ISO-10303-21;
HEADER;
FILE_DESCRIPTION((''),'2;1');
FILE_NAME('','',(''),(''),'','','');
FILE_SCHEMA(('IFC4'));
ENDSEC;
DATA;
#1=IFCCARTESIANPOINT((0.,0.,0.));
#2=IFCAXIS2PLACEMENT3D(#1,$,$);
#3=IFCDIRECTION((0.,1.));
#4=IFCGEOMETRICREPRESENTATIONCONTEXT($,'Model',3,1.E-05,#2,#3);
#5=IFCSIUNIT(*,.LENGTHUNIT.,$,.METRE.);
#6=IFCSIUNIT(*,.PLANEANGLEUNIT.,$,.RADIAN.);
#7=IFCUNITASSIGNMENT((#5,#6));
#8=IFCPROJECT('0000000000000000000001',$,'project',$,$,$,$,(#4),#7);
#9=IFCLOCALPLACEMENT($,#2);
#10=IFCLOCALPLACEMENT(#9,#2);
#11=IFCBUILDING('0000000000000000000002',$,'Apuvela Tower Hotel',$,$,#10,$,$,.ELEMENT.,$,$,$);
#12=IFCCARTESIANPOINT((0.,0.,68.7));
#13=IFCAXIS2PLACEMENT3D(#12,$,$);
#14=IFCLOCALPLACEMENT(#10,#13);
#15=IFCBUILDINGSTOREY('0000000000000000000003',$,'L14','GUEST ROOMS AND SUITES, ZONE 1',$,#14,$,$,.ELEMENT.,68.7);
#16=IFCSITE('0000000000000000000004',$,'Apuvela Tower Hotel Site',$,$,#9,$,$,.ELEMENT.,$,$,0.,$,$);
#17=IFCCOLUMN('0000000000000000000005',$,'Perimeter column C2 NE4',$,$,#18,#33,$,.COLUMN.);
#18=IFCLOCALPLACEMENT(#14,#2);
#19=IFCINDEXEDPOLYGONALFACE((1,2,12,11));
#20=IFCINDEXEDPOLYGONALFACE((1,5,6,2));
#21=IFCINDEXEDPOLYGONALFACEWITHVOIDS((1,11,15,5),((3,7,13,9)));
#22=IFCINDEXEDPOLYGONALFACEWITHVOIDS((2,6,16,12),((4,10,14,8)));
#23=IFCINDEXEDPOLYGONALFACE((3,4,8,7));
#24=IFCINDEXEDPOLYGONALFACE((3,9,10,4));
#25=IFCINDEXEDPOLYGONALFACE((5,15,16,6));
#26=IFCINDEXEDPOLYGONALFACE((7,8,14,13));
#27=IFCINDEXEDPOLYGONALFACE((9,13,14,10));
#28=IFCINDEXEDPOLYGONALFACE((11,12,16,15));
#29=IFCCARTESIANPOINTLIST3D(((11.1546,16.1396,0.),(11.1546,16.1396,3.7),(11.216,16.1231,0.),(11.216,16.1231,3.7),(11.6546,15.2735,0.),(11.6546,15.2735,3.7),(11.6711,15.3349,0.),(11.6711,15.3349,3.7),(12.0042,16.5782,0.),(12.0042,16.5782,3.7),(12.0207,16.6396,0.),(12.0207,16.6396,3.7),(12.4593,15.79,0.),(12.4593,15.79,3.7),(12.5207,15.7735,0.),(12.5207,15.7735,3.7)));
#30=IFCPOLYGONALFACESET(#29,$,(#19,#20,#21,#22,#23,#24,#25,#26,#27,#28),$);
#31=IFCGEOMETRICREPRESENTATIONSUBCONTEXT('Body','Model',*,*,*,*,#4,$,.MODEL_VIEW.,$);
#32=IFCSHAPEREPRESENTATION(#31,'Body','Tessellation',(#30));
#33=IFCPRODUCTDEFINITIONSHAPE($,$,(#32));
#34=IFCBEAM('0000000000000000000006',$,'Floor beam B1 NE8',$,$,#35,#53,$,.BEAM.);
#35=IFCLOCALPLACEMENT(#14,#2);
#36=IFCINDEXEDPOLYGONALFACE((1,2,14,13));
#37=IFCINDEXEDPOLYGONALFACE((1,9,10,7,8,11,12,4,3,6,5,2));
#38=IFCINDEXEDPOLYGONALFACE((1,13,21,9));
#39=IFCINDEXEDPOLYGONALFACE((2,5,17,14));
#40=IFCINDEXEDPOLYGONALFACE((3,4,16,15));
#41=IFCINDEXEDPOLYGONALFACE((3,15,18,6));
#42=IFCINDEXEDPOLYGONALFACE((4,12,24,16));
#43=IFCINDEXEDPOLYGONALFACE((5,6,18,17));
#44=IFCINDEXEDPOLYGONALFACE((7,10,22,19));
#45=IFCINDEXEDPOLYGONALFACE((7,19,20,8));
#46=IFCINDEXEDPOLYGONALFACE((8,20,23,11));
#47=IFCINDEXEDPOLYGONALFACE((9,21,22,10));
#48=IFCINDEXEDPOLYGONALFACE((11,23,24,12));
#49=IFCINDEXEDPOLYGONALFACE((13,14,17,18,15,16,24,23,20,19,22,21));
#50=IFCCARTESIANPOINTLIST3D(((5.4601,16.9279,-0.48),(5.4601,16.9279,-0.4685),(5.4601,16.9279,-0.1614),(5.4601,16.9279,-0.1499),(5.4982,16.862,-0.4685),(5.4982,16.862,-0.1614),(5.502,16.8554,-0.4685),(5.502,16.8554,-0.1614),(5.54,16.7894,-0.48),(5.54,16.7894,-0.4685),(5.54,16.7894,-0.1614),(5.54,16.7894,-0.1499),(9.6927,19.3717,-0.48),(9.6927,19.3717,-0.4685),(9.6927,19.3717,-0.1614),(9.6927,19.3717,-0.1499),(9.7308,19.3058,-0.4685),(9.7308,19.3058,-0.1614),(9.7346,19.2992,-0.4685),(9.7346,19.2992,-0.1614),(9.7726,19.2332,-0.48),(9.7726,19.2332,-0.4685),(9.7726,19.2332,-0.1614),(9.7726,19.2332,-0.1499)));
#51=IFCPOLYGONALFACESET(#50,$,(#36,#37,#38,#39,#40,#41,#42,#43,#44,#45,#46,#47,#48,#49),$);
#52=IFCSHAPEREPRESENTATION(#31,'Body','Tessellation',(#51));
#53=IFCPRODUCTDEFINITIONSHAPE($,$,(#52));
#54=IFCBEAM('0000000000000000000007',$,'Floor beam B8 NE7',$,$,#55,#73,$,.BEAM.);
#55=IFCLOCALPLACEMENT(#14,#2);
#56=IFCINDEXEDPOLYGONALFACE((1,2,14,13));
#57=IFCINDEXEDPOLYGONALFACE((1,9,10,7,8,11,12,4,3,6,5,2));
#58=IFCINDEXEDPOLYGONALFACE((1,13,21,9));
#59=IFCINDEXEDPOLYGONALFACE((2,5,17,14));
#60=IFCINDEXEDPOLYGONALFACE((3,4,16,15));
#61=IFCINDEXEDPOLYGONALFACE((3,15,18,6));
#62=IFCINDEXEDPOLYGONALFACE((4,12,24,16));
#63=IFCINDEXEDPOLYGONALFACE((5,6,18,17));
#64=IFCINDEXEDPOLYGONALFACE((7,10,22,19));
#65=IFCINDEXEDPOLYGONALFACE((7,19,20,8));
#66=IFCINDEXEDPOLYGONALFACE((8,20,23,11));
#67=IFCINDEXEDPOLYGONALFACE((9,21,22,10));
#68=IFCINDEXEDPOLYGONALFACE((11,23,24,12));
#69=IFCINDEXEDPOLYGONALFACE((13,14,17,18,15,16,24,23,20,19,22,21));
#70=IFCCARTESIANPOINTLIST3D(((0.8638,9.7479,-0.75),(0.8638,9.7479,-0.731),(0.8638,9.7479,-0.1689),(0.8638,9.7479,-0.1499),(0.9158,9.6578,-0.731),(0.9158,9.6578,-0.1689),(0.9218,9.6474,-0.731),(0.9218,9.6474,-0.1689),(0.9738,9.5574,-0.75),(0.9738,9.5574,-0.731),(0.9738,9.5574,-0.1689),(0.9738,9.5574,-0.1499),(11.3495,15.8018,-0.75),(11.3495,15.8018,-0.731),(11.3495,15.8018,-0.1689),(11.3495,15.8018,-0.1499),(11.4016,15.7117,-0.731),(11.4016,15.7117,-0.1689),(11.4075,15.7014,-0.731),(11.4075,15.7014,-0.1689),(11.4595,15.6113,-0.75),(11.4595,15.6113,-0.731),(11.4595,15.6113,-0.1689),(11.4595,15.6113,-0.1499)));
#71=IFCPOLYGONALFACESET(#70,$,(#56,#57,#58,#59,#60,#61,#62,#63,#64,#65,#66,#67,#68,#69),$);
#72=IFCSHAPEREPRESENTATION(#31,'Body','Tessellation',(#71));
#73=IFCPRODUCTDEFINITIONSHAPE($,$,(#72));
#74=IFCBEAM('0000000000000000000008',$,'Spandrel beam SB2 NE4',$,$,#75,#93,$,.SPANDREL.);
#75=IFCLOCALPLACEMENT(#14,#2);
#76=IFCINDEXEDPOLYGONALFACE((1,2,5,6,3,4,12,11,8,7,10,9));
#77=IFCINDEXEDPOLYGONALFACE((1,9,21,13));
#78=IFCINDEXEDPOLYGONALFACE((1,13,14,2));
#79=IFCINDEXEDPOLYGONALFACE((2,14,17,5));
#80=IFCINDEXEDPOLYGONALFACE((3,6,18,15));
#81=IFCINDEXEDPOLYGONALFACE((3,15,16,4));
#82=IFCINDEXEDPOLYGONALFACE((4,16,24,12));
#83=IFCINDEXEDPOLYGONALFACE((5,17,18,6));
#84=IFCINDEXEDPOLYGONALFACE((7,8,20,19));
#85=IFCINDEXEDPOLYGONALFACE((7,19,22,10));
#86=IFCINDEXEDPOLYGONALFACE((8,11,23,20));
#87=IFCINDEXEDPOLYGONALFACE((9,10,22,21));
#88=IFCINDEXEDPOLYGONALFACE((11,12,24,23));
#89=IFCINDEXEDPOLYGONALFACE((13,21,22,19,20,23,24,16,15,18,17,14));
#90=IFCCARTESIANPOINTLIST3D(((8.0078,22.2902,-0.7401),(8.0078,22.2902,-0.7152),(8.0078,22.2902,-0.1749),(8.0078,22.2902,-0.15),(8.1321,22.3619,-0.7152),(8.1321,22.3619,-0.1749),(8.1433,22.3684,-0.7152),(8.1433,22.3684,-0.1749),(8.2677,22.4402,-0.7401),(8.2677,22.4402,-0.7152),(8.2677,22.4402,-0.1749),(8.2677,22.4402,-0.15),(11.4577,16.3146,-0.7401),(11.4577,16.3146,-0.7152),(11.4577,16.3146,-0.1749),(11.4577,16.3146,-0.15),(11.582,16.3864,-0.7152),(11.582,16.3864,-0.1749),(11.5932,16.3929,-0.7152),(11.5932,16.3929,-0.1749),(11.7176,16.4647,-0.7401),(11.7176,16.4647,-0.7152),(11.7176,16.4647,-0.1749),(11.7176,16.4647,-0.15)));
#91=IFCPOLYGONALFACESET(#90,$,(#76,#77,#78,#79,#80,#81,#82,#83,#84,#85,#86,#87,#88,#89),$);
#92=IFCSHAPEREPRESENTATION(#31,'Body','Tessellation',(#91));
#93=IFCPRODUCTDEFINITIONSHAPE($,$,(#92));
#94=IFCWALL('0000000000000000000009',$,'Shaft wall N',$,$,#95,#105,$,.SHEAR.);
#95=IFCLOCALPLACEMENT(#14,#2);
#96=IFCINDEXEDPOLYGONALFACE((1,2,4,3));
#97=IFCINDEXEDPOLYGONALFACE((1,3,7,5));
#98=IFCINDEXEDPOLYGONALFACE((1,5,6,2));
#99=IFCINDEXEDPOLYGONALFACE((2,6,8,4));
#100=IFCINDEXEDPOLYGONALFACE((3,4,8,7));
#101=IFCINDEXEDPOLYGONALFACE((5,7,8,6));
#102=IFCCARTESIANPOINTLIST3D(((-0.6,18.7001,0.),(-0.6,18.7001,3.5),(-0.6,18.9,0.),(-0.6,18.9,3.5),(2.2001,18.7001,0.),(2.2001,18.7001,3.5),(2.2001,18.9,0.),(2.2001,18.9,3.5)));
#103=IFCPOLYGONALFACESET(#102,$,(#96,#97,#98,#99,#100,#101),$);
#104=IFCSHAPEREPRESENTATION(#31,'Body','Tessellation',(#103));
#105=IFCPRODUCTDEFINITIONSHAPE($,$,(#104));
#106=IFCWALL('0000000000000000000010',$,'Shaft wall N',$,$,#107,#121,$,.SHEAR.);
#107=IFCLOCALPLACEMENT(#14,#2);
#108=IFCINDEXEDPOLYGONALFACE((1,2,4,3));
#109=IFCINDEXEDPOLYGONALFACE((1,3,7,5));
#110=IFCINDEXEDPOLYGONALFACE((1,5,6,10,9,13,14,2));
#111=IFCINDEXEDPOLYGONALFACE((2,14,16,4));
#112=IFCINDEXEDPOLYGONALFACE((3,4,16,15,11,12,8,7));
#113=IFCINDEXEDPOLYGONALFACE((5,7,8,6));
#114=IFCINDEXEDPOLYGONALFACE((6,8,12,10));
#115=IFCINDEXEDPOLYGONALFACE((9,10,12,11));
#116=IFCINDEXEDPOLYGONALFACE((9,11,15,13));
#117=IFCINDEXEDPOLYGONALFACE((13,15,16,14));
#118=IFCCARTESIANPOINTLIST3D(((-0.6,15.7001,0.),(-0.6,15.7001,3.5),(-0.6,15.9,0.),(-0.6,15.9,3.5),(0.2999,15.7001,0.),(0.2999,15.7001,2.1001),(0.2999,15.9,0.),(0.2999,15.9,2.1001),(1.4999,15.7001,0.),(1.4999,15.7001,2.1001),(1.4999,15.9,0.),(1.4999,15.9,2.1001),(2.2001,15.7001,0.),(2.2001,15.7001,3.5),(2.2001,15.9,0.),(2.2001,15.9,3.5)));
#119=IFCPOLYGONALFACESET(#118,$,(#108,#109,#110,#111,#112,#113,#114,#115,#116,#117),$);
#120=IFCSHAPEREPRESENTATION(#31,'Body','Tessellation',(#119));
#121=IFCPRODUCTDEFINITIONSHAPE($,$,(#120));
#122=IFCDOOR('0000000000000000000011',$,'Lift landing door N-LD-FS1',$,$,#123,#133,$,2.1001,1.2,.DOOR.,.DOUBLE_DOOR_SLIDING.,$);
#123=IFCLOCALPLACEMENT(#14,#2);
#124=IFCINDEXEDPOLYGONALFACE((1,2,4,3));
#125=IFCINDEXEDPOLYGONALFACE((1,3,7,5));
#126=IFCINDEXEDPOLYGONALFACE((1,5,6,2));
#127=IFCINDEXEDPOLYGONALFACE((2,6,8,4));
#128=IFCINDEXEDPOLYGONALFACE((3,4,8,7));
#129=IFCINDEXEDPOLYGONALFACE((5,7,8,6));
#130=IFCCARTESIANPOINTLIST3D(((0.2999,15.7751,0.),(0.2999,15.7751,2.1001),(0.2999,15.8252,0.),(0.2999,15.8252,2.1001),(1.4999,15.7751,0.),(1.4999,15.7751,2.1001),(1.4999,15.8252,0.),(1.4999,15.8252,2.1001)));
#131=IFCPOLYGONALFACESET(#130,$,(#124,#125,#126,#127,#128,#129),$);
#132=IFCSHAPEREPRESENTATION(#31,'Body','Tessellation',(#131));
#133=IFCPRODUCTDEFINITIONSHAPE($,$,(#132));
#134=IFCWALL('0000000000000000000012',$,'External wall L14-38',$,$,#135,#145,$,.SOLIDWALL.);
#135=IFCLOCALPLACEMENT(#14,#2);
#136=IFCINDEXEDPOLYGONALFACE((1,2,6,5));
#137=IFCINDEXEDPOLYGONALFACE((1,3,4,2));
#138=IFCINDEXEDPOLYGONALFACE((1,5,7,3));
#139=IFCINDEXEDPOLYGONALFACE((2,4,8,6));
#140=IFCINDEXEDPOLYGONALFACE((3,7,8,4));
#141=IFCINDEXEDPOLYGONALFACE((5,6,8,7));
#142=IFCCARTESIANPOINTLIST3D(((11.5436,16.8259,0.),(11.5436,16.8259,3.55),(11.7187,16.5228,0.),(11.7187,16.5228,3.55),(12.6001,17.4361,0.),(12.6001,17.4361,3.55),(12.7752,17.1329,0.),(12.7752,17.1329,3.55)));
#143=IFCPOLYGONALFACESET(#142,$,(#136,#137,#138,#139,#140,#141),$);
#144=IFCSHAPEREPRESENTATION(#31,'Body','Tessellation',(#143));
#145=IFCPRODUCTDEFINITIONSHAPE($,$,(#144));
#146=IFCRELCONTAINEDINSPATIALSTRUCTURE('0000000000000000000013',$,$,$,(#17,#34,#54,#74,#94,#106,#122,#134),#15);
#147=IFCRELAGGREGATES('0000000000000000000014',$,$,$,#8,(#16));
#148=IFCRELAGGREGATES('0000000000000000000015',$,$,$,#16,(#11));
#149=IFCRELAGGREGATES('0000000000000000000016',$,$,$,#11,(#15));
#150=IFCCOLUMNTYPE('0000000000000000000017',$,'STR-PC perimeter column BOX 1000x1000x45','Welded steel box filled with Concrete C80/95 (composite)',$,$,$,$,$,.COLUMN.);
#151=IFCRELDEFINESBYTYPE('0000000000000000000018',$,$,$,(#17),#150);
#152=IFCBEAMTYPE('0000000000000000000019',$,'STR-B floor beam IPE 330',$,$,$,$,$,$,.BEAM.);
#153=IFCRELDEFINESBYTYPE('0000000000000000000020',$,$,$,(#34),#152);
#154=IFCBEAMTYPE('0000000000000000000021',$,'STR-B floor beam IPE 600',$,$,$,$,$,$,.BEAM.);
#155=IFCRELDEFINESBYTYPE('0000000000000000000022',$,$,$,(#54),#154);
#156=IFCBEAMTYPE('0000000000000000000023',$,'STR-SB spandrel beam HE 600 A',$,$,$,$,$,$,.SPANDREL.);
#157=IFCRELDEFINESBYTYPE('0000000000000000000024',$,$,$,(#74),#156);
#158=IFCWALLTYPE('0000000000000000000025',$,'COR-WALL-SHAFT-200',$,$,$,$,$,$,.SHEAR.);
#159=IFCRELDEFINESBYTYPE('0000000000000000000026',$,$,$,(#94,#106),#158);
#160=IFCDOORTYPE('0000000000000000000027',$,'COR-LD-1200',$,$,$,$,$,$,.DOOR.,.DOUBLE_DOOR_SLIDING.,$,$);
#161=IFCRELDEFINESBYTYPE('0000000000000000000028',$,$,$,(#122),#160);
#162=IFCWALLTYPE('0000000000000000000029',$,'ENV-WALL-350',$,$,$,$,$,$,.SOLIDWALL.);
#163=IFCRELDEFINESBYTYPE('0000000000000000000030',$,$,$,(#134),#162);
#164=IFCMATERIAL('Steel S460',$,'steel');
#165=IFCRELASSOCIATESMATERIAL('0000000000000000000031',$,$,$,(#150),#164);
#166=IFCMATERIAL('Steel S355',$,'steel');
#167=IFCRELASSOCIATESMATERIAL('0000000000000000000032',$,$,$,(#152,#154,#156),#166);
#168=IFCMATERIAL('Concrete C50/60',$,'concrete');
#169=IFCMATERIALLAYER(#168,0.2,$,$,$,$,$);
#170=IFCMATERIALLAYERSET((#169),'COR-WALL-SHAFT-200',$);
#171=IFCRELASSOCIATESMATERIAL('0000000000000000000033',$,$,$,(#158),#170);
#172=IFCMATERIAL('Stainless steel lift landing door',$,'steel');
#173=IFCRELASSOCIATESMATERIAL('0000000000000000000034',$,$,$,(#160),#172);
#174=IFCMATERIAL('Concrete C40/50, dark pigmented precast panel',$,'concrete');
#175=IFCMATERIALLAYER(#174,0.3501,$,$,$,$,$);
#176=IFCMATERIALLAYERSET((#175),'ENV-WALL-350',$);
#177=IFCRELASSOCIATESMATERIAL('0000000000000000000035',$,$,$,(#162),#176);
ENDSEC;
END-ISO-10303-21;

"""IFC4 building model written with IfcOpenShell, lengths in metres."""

from ifc_helpers import new_model, si_unit, direction, frame, frame_2d, origin, origin_2d, place, context, subcontext, project, spatial, rectangle, hollow_rectangle, i_section, extrude, material, layer, layer_set, material_profile, profile_set, type_object, element, fill, save


model = new_model("IFC4")

# Units and contexts
model_context = context("Model", 3, precision=1e-05, world=origin(), true_north=direction((0.0, 1.0)))
body_context = subcontext(model_context, "Body", "Model", "MODEL_VIEW")
ifc_project = project(units=[si_unit("LENGTHUNIT", "METRE"), si_unit("PLANEANGLEUNIT", "RADIAN")], contexts=[model_context])

# Site, building, storey
site_placement = place(None, origin())
site = spatial("IfcSite", under=ifc_project, at=site_placement, Name="Apuvela Tower Hotel Site", CompositionType="ELEMENT", RefElevation=0.0)
building_placement = place(site_placement, origin())
building = spatial("IfcBuilding", under=site, at=building_placement, Name="Apuvela Tower Hotel", CompositionType="ELEMENT")
storey_placement = place(building_placement, frame((0.0, 0.0, 68.7)))
storey = spatial("IfcBuildingStorey", under=building, at=storey_placement, Name="L14", Description="GUEST ROOMS AND SUITES, ZONE 1", CompositionType="ELEMENT", Elevation=68.7)

# Column
ifc_material_1 = material(Name="Steel S460", Category="steel")
ifc_material_profile_1 = material_profile(ifc_material_1, hollow_rectangle(XDim=1.0, YDim=1.0, WallThickness=0.0449, at=origin_2d()), Name="BOX 1000x1000x45")
ifc_material_2 = material(Name="Concrete C80/95", Category="concrete")
ifc_material_profile_2 = material_profile(ifc_material_2, rectangle(XDim=0.9099, YDim=0.9099, at=origin_2d()), Name="Concrete C80/95 infill")
ifc_profile_set_1 = profile_set([ifc_material_profile_1, ifc_material_profile_2], Name="Steel S460")
column_type = type_object("IfcColumnType", Name="STR-PC perimeter column BOX 1000x1000x45", Description="Welded steel box filled with Concrete C80/95 (composite)", PredefinedType="COLUMN", material=ifc_profile_set_1)
column_placement = place(storey_placement, frame((11.8376, 15.9565, 0.0), z_axis=(0.0, 0.0, 1.0), x_axis=(-0.5, 0.866025, 0.0)))
element("IfcColumn", 1, at=column_placement, inside=storey, type_object=column_type, Name="Perimeter column C2 NE4", PredefinedType="COLUMN", context=body_context, shape_type="SweptSolid", body=[
    extrude(hollow_rectangle(XDim=1.0, YDim=1.0, WallThickness=0.0449, at=origin_2d()), origin(), (0.0, 0.0, 1.0), 3.7),
])

# Beams
ifc_material_3 = material(Name="Steel S355", Category="steel")
ifc_material_profile_3 = material_profile(ifc_material_3, i_section(OverallWidth=0.1599, OverallDepth=0.3301, WebThickness=0.0076, FlangeThickness=0.0115, at=origin_2d()), Name="IPE 330")
ifc_profile_set_2 = profile_set([ifc_material_profile_3], Name="Steel S355")
beam_type_1 = type_object("IfcBeamType", Name="STR-B floor beam IPE 330", PredefinedType="BEAM", material=ifc_profile_set_2)
beam_1_placement = place(storey_placement, frame((9.7327, 19.3025, -0.3149), z_axis=(-0.866015, -0.500018, 0.0), x_axis=(0.500018, -0.866015, 0.0)))
element("IfcBeam", 2, at=beam_1_placement, inside=storey, type_object=beam_type_1, Name="Floor beam B1 NE8", PredefinedType="BEAM", context=body_context, shape_type="SweptSolid", body=[
    extrude(i_section(OverallWidth=0.1599, OverallDepth=0.3301, WebThickness=0.0076, FlangeThickness=0.0115, at=origin_2d()), origin(), (0.0, 0.0, 1.0), 4.8875),
])
ifc_material_profile_4 = material_profile(ifc_material_3, i_section(OverallWidth=0.22, OverallDepth=0.6001, WebThickness=0.012, FlangeThickness=0.019, at=origin_2d()), Name="IPE 600")
ifc_profile_set_3 = profile_set([ifc_material_profile_4], Name="Steel S355")
beam_type_2 = type_object("IfcBeamType", Name="STR-B floor beam IPE 600", PredefinedType="BEAM", material=ifc_profile_set_3)
beam_2_placement = place(storey_placement, frame((11.4045, 15.7065, -0.45), z_axis=(-0.866027, -0.499997, 0.0), x_axis=(0.499997, -0.866027, 0.0)))
element("IfcBeam", 3, at=beam_2_placement, inside=storey, type_object=beam_type_2, Name="Floor beam B8 NE7", PredefinedType="BEAM", context=body_context, shape_type="SweptSolid", body=[
    extrude(i_section(OverallWidth=0.22, OverallDepth=0.6001, WebThickness=0.012, FlangeThickness=0.019, at=origin_2d()), origin(), (0.0, 0.0, 1.0), 12.1079),
])
ifc_material_profile_5 = material_profile(ifc_material_3, i_section(OverallWidth=0.3, OverallDepth=0.5901, WebThickness=0.0129, FlangeThickness=0.0249, at=origin_2d()), Name="HE 600 A")
ifc_profile_set_4 = profile_set([ifc_material_profile_5], Name="Steel S355")
beam_type_3 = type_object("IfcBeamType", Name="STR-SB spandrel beam HE 600 A", PredefinedType="SPANDREL", material=ifc_profile_set_4)
beam_3_placement = place(storey_placement, frame((11.5876, 16.3896, -0.4451), z_axis=(-0.499994, 0.866029, 0.0), x_axis=(-0.866029, -0.499994, 0.0)))
element("IfcBeam", 4, at=beam_3_placement, inside=storey, type_object=beam_type_3, Name="Spandrel beam SB2 NE4", PredefinedType="SPANDREL", context=body_context, shape_type="SweptSolid", body=[
    extrude(i_section(OverallWidth=0.3, OverallDepth=0.5901, WebThickness=0.0129, FlangeThickness=0.0249, at=origin_2d()), origin(), (0.0, 0.0, 1.0), 6.8999),
])

# Wall
ifc_material_4 = material(Name="Concrete C50/60", Category="concrete")
ifc_layer_1 = layer(ifc_material_4, 0.2)
ifc_layer_set_1 = layer_set([ifc_layer_1], Name="COR-WALL-SHAFT-200")
wall_type_1 = type_object("IfcWallType", Name="COR-WALL-SHAFT-200", PredefinedType="SHEAR", material=ifc_layer_set_1)
wall_1_placement = place(storey_placement, frame((2.2, 18.8, 0.0), z_axis=(0.0, 0.0, 1.0), x_axis=(-1.0, 0.0, 0.0)))
element("IfcWall", 5, at=wall_1_placement, inside=storey, type_object=wall_type_1, Name="Shaft wall N", PredefinedType="SHEAR", context=body_context, shape_type="SweptSolid", body=[
    extrude(rectangle(XDim=2.8, YDim=0.2, at=frame_2d((1.3999, 0.0))), origin(), (0.0, 0.0, 1.0), 3.5),
])

# Wall, opening, door
wall_2_placement = place(storey_placement, frame((2.2, 15.8, 0.0), z_axis=(0.0, 0.0, 1.0), x_axis=(-1.0, 0.0, 0.0)))
wall_2 = element("IfcWall", 6, at=wall_2_placement, inside=storey, type_object=wall_type_1, Name="Shaft wall N", PredefinedType="SHEAR", context=body_context, shape_type="SweptSolid", body=[
    extrude(rectangle(XDim=2.8, YDim=0.2, at=frame_2d((1.3999, 0.0))), origin(), (0.0, 0.0, 1.0), 3.5),
])
opening_1_placement = place(wall_2_placement, frame((0.7, 0.0, 0.0)))
opening_1 = element("IfcOpeningElement", 7, at=opening_1_placement, cuts=wall_2, PredefinedType="OPENING", context=body_context, shape_type="SweptSolid", body=[
    extrude(rectangle(XDim=1.2, YDim=2.1001, at=frame_2d((0.6001, 1.05))), frame((0.0, 0.1099, 0.0), z_axis=(0.0, -1.0, 0.0), x_axis=(1.0, 0.0, 0.0)), (0.0, 0.0, 1.0), 0.22),
])
ifc_material_5 = material(Name="Stainless steel lift landing door", Category="steel")
door_type_1 = type_object("IfcDoorType", Name="COR-LD-1200", OperationType="DOUBLE_DOOR_SLIDING", PredefinedType="DOOR", material=ifc_material_5)
door_1_placement = place(opening_1_placement, origin())
door_1 = element("IfcDoor", 8, at=door_1_placement, inside=storey, type_object=door_type_1, Name="Lift landing door N-LD-FS1", OperationType="DOUBLE_DOOR_SLIDING", OverallHeight=2.1001, OverallWidth=1.2, PredefinedType="DOOR", context=body_context, shape_type="SweptSolid", body=[
    extrude(rectangle(XDim=1.2, YDim=2.1001, at=frame_2d((0.6001, 1.05))), frame((0.0, 0.0249, 0.0), z_axis=(0.0, -1.0, 0.0), x_axis=(1.0, 0.0, 0.0)), (0.0, 0.0, 1.0), 0.05),
])
fill(opening_1, door_1)

# Wall
ifc_material_6 = material(Name="Concrete C40/50, dark pigmented precast panel", Category="concrete")
ifc_layer_2 = layer(ifc_material_6, 0.3501)
ifc_layer_set_2 = layer_set([ifc_layer_2], Name="ENV-WALL-350")
wall_type_2 = type_object("IfcWallType", Name="ENV-WALL-350", PredefinedType="SOLIDWALL", material=ifc_layer_set_2)
wall_3_placement = place(storey_placement, frame((12.6875, 17.2844, 0.0), z_axis=(0.0, 0.0, 1.0), x_axis=(-0.865956, -0.500121, 0.0)))
element("IfcWall", 9, at=wall_3_placement, inside=storey, type_object=wall_type_2, Name="External wall L14-38", PredefinedType="SOLIDWALL", context=body_context, shape_type="SweptSolid", body=[
    extrude(rectangle(XDim=1.22, YDim=0.3501, at=frame_2d((0.6099, 0.0))), origin(), (0.0, 0.0, 1.0), 3.55),
])

save(model, "model.ifc")
